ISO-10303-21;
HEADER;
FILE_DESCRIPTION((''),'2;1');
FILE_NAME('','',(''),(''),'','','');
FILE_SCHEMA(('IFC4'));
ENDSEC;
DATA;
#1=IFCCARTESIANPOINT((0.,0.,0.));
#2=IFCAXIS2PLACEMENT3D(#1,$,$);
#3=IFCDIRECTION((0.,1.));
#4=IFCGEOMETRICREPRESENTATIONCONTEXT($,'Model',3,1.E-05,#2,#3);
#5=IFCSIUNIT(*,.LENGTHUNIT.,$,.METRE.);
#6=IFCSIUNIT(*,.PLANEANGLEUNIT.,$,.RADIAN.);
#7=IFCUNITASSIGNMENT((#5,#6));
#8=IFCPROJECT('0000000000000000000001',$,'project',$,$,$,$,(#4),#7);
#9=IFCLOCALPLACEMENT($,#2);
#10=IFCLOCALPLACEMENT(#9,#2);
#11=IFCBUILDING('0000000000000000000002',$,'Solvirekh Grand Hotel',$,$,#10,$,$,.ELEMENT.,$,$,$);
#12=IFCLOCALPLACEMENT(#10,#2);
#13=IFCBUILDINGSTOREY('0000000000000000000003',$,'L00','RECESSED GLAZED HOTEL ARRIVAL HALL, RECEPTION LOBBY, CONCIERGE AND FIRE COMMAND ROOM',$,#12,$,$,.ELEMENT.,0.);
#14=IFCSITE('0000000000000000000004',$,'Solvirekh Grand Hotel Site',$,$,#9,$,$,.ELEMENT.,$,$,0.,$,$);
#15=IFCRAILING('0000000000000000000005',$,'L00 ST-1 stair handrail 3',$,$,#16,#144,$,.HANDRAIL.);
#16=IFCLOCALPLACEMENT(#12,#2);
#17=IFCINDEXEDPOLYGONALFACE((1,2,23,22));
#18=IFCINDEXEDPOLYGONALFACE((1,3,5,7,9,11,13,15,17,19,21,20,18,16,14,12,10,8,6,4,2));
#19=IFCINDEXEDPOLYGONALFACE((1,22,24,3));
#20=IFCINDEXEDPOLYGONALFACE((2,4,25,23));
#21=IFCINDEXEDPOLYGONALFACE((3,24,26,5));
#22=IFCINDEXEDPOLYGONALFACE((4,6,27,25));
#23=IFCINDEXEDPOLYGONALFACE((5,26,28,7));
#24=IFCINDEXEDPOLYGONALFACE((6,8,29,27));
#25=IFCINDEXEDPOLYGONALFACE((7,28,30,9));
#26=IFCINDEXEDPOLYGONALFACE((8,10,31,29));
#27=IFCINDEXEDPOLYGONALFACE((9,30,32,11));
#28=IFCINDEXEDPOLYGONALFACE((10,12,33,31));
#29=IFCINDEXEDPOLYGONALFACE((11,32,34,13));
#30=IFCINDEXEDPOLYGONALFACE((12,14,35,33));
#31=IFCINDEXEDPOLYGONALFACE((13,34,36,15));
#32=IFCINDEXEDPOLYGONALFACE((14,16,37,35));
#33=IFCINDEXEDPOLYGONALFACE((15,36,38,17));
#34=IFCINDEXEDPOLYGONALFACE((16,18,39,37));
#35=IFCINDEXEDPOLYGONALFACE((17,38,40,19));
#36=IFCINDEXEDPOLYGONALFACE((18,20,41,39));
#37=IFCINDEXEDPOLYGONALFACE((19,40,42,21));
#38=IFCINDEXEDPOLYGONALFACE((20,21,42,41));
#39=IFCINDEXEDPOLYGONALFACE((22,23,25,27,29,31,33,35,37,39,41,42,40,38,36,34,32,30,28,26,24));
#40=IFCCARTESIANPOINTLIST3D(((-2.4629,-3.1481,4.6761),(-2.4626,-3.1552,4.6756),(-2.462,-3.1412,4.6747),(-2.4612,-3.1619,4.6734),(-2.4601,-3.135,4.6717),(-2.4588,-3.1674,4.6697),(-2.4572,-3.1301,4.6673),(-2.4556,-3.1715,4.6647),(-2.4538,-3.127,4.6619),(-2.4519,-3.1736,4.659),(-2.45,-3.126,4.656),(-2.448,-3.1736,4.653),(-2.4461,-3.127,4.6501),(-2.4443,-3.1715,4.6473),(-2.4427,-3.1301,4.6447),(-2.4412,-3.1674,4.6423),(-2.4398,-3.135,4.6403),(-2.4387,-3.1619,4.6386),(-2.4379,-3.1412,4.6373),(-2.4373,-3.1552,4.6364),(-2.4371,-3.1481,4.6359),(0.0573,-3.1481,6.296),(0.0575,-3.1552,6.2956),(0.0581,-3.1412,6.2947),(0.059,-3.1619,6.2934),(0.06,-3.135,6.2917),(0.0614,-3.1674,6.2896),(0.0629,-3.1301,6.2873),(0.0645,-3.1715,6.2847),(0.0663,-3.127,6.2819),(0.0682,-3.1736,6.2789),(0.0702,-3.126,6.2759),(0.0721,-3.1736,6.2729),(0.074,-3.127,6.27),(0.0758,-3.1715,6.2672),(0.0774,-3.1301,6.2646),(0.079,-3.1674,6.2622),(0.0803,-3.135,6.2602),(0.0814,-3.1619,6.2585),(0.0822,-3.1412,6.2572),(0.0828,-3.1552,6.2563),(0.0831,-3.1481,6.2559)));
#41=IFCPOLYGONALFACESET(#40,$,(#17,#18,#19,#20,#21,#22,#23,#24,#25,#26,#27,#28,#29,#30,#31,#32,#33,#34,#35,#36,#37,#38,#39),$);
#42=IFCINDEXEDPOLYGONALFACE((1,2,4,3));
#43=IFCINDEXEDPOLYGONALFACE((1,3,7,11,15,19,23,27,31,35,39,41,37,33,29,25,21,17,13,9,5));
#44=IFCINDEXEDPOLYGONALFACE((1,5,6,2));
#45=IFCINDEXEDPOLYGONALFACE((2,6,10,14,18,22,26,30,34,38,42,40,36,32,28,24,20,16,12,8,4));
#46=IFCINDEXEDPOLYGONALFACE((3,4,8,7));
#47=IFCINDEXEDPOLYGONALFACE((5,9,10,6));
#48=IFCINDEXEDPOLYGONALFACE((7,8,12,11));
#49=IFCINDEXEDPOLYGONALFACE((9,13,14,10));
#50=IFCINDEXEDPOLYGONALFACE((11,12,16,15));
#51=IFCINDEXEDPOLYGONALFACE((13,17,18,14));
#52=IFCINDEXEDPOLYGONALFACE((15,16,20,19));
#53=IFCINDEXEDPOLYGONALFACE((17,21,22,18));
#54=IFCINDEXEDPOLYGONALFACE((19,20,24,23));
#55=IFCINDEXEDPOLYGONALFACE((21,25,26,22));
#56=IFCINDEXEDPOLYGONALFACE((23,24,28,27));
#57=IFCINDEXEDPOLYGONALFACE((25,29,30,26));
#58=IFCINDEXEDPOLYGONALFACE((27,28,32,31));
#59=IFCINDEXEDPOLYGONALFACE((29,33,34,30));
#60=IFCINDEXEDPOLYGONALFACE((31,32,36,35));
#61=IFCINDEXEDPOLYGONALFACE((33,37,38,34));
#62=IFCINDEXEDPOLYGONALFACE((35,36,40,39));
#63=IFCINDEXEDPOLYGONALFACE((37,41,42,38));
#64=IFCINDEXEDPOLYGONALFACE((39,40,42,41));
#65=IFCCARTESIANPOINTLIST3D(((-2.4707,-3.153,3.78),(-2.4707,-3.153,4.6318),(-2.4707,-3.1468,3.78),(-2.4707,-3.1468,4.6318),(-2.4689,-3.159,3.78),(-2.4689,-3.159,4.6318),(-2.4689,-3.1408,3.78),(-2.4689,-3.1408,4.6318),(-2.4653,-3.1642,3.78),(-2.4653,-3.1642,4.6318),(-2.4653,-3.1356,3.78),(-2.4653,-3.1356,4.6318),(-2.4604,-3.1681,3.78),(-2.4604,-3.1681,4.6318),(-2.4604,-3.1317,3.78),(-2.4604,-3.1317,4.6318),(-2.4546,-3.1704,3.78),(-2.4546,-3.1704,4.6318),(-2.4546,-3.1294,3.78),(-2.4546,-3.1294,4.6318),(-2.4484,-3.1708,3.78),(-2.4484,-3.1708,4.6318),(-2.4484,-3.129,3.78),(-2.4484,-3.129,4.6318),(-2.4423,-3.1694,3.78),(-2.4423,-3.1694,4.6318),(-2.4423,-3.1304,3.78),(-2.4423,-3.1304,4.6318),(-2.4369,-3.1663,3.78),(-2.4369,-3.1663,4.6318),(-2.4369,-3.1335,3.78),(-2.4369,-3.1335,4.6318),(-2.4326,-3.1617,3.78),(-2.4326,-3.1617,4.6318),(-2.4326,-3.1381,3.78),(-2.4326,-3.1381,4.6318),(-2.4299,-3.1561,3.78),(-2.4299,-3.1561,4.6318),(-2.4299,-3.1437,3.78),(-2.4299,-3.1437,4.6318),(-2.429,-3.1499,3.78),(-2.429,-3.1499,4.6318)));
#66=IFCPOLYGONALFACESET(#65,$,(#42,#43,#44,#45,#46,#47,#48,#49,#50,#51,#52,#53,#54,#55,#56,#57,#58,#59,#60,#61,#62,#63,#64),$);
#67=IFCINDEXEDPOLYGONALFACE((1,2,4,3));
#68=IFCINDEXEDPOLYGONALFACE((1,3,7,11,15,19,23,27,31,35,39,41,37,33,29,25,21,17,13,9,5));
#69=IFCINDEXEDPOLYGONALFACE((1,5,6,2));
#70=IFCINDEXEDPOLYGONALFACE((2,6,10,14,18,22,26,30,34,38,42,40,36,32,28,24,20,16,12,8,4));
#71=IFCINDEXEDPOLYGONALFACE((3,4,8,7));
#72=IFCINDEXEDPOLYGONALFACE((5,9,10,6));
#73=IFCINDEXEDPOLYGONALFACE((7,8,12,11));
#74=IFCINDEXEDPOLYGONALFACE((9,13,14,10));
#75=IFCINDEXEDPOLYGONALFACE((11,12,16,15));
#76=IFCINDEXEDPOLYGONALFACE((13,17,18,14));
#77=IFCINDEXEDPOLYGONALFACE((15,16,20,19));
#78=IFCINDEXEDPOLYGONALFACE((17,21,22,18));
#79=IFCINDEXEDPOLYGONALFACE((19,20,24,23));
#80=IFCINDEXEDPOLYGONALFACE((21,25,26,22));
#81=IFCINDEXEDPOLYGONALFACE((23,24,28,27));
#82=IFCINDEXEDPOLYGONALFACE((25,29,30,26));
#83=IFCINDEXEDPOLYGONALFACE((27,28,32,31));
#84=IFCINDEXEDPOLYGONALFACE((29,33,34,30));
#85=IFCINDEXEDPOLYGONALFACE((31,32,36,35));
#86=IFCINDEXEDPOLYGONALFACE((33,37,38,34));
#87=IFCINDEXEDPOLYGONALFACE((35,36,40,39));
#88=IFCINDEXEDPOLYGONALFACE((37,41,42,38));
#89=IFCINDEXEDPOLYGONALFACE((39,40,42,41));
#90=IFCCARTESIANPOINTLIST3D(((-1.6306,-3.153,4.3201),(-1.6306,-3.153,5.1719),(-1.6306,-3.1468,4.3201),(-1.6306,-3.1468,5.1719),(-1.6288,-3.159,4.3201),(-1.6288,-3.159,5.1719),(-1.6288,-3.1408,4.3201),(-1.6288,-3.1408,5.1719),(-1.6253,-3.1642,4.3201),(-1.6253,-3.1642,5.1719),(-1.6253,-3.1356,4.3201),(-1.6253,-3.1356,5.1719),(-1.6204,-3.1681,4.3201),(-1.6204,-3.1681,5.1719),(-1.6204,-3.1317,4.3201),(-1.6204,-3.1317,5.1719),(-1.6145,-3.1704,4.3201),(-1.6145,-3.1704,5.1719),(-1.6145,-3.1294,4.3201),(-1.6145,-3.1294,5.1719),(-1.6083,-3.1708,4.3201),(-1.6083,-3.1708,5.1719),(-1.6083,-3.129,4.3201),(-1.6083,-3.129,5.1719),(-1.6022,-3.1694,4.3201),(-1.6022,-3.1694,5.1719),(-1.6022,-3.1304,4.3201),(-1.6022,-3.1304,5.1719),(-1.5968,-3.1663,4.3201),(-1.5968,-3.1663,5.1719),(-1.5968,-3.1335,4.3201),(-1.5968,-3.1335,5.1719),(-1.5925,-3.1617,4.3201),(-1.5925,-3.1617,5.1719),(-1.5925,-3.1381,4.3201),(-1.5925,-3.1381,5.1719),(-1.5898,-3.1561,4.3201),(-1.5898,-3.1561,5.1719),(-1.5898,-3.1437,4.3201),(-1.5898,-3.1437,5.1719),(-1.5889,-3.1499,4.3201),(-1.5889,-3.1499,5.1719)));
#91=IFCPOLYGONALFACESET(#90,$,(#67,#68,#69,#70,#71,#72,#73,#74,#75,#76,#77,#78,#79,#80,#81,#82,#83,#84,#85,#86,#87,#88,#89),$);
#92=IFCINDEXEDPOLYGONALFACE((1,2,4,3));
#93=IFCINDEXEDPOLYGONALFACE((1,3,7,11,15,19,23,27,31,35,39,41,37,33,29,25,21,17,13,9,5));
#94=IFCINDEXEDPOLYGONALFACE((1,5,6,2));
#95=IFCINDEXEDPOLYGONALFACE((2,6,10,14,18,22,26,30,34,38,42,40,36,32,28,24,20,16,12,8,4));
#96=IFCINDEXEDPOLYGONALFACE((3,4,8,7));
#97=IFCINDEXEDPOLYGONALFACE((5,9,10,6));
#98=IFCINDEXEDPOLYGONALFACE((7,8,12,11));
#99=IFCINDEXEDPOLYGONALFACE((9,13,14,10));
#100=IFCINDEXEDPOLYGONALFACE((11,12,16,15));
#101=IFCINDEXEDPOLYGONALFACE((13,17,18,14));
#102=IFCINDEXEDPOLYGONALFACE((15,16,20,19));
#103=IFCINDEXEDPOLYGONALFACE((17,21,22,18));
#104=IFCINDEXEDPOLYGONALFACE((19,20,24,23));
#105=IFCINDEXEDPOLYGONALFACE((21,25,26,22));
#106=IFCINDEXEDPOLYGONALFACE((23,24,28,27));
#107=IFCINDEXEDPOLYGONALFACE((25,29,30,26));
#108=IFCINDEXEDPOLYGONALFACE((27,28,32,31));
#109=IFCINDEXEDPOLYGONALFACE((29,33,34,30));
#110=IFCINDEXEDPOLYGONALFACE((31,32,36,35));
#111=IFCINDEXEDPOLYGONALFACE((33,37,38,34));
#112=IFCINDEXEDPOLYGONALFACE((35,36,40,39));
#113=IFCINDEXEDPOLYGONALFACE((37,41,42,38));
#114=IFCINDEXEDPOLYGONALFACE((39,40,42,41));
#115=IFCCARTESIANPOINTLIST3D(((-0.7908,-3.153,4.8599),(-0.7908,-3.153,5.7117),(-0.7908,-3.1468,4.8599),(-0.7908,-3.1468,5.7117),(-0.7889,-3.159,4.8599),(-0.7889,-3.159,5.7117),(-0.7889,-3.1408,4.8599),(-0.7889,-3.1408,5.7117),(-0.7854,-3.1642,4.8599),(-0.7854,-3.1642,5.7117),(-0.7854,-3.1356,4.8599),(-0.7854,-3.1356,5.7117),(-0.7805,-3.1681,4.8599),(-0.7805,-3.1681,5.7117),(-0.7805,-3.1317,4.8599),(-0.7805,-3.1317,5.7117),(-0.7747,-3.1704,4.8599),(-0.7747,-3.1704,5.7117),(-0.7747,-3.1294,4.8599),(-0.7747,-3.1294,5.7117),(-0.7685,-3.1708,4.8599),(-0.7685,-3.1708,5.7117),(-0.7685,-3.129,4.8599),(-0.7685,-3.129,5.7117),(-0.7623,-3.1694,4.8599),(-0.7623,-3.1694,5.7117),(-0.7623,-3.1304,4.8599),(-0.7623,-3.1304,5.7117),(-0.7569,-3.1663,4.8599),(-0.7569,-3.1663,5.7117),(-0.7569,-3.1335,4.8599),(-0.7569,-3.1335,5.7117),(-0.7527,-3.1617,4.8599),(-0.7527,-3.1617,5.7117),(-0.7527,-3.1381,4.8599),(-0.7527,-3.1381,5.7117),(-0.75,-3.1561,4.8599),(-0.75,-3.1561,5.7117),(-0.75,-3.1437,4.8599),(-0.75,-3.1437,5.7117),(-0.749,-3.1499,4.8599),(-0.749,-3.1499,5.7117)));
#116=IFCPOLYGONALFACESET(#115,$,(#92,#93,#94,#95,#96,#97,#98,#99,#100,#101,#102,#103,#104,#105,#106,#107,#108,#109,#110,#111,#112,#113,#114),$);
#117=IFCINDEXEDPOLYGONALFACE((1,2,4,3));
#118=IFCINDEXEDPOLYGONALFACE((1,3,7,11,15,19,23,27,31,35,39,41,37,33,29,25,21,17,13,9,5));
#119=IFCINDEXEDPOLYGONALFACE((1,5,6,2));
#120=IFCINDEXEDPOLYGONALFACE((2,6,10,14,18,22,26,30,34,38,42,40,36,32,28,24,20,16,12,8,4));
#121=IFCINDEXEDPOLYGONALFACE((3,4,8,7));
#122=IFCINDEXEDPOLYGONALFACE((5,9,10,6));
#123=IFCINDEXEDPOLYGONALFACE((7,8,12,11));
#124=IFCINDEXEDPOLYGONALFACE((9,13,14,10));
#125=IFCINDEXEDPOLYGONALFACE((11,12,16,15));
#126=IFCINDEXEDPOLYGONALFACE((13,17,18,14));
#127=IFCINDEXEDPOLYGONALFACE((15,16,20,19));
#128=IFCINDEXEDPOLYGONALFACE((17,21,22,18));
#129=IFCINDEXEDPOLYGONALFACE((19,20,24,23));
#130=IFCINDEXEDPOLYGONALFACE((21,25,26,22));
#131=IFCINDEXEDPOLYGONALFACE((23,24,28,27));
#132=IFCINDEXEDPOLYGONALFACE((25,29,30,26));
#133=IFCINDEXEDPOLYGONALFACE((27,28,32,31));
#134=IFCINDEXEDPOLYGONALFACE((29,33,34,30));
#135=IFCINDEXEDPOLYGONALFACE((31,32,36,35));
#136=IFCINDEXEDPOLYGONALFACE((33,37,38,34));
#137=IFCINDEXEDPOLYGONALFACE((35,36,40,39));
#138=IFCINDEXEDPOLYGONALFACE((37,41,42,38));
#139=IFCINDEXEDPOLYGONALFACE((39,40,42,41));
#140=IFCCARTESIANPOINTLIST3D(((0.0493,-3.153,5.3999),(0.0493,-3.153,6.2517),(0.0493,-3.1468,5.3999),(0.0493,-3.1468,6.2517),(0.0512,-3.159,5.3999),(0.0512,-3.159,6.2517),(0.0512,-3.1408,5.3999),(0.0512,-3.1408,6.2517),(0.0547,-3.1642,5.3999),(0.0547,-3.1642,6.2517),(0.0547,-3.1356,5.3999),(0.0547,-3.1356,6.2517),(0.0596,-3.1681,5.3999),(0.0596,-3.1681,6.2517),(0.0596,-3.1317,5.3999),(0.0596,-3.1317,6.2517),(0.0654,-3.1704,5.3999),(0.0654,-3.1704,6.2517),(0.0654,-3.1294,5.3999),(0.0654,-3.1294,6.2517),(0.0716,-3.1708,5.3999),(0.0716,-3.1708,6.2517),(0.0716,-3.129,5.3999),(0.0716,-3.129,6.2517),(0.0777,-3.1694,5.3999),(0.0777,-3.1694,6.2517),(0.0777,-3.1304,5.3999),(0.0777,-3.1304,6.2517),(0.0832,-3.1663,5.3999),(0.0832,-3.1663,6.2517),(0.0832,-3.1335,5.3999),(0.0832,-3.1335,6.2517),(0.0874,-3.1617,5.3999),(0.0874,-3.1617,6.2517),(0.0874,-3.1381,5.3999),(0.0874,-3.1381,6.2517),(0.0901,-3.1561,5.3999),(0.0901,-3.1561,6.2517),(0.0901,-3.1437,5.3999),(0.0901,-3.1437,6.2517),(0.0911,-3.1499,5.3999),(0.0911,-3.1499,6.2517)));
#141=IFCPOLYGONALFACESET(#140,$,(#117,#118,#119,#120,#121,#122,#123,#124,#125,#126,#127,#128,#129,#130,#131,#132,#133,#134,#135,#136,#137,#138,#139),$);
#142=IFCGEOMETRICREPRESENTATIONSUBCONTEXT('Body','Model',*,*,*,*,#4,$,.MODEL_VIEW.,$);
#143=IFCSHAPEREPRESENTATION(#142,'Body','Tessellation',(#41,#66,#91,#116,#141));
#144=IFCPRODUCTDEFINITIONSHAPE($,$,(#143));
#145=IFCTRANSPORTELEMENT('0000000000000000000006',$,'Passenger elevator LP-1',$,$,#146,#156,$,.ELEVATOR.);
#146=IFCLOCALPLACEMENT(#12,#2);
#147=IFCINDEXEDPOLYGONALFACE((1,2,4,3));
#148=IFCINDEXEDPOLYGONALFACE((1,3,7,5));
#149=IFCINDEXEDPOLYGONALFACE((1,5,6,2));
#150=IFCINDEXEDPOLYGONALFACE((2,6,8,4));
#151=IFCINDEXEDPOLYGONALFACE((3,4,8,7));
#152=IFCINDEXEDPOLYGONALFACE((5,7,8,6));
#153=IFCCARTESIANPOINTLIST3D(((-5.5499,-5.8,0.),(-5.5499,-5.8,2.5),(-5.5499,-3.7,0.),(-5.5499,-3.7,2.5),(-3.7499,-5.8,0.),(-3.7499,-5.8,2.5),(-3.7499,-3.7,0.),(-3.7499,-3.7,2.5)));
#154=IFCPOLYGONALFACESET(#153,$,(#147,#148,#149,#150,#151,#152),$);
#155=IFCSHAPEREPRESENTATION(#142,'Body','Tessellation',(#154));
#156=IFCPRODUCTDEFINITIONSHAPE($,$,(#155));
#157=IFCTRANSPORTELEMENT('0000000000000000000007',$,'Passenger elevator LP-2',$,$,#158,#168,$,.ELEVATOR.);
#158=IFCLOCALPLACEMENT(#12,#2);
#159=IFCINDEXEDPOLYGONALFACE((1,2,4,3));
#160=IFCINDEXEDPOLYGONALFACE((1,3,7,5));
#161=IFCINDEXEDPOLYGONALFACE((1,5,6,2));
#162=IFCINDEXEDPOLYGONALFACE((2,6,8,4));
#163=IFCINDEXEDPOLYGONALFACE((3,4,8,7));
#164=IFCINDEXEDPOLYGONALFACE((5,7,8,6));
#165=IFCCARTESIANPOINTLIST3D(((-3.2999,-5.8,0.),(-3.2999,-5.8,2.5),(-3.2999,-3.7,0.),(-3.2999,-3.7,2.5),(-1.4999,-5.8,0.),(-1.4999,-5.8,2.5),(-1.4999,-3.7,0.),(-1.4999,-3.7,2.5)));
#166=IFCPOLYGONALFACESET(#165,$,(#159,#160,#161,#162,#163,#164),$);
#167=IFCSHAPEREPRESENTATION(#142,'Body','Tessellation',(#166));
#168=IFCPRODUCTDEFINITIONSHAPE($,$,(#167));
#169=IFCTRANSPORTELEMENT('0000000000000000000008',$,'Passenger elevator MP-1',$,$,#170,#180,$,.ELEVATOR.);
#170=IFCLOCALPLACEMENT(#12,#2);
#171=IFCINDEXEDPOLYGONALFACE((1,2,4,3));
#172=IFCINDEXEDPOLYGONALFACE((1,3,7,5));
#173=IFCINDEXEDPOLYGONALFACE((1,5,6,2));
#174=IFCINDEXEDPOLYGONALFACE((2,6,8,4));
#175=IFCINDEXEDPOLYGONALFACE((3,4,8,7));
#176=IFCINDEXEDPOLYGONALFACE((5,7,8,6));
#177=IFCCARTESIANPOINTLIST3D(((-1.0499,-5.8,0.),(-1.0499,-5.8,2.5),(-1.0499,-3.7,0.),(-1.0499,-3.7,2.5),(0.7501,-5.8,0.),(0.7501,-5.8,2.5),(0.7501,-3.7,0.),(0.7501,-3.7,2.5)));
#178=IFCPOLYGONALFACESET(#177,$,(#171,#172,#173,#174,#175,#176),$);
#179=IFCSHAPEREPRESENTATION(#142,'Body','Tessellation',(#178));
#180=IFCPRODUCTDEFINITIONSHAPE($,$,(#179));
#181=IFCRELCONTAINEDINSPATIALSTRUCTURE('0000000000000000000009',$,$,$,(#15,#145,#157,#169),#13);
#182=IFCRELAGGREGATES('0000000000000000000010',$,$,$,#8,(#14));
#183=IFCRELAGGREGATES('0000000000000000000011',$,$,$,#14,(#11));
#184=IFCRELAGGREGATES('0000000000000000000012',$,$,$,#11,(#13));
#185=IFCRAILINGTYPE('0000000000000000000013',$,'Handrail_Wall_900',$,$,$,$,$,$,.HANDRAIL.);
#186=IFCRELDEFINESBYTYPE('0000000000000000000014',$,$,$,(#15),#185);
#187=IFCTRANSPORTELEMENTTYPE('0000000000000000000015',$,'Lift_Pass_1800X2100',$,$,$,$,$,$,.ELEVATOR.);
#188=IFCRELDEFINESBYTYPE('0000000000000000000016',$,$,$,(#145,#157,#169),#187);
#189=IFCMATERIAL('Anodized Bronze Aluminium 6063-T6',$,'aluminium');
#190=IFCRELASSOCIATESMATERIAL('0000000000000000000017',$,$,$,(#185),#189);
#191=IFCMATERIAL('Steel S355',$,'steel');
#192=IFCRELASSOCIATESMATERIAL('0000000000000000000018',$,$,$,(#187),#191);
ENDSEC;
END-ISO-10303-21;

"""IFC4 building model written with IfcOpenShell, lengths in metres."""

from ifc_helpers import new_model, si_unit, direction, frame, origin, origin_2d, place, context, subcontext, project, spatial, rectangle, circle, extrude, material, type_object, element, save


model = new_model("IFC4")

# Units and contexts
model_context = context("Model", 3, precision=1e-05, world=origin(), true_north=direction((0.0, 1.0)))
body_context = subcontext(model_context, "Body", "Model", "MODEL_VIEW")
ifc_project = project(units=[si_unit("LENGTHUNIT", "METRE"), si_unit("PLANEANGLEUNIT", "RADIAN")], contexts=[model_context])

# Site, building, storey
site_placement = place(None, origin())
site = spatial("IfcSite", under=ifc_project, at=site_placement, Name="Solvirekh Grand Hotel Site", CompositionType="ELEMENT", RefElevation=0.0)
building_placement = place(site_placement, origin())
building = spatial("IfcBuilding", under=site, at=building_placement, Name="Solvirekh Grand Hotel", CompositionType="ELEMENT")
storey_placement = place(building_placement, origin())
storey = spatial("IfcBuildingStorey", under=building, at=storey_placement, Name="L00", Description="RECESSED GLAZED HOTEL ARRIVAL HALL, RECEPTION LOBBY, CONCIERGE AND FIRE COMMAND ROOM", CompositionType="ELEMENT", Elevation=0.0)

# Railing
ifc_material_1 = material(Name="Steel S355", Category="steel")
ifc_material_2 = material(Name="Anodized Bronze Aluminium 6063-T6", Category="aluminium")
railing_type_1 = type_object("IfcRailingType", Name="Handrail_Wall_900", PredefinedType="HANDRAIL", material=ifc_material_2)
railing_1_placement = place(storey_placement, frame((-2.45, -3.1499, 3.78)))
element("IfcRailing", 1, at=railing_1_placement, inside=storey, type_object=railing_type_1, Name="L00 ST-1 stair handrail 3", PredefinedType="HANDRAIL", context=body_context, shape_type="SweptSolid", body=[
    extrude(circle(Radius=0.0239, at=origin_2d()), frame((0.0, 0.0, 0.876), z_axis=(0.8412, 0.0, 0.540725), x_axis=(0.0, 1.0, 0.0)), (0.0, 0.0, 1.0), 2.9958),
    extrude(circle(Radius=0.021, at=origin_2d()), origin(), (0.0, 0.0, 1.0), 0.8518),
    extrude(circle(Radius=0.021, at=origin_2d()), frame((0.8401, 0.0, 0.54)), (0.0, 0.0, 1.0), 0.8518),
    extrude(circle(Radius=0.021, at=origin_2d()), frame((1.6799, 0.0, 1.0798)), (0.0, 0.0, 1.0), 0.8518),
    extrude(circle(Radius=0.021, at=origin_2d()), frame((2.52, 0.0, 1.6199)), (0.0, 0.0, 1.0), 0.8518),
])

# Transport elements
transport_element_type = type_object("IfcTransportElementType", Name="Lift_Pass_1800X2100", PredefinedType="ELEVATOR", material=ifc_material_1)
for number, where, z_axis, x_axis, name in (
    (2, (-4.6499, -4.75, 0.0), (0.0, 0.0, 1.0), (1.0, 0.0, 0.0), "Passenger elevator LP-1"),
    (3, (-2.3999, -4.75, 0.0), (0.0, 0.0, 1.0), (1.0, 0.0, 0.0), "Passenger elevator LP-2"),
    (4, (-0.1499, -4.75, 0.0), (0.0, 0.0, 1.0), (1.0, 0.0, 0.0), "Passenger elevator MP-1"),
):
    element("IfcTransportElement", number, at=place(storey_placement, frame(where, z_axis=z_axis, x_axis=x_axis)), inside=storey, type_object=transport_element_type, Name=name, PredefinedType="ELEVATOR", context=body_context, shape_type="SweptSolid", body=[
        extrude(rectangle(XDim=1.8, YDim=2.1001, at=origin_2d()), origin(), (0.0, 0.0, 1.0), 2.5),
    ])

save(model, "model.ifc")
